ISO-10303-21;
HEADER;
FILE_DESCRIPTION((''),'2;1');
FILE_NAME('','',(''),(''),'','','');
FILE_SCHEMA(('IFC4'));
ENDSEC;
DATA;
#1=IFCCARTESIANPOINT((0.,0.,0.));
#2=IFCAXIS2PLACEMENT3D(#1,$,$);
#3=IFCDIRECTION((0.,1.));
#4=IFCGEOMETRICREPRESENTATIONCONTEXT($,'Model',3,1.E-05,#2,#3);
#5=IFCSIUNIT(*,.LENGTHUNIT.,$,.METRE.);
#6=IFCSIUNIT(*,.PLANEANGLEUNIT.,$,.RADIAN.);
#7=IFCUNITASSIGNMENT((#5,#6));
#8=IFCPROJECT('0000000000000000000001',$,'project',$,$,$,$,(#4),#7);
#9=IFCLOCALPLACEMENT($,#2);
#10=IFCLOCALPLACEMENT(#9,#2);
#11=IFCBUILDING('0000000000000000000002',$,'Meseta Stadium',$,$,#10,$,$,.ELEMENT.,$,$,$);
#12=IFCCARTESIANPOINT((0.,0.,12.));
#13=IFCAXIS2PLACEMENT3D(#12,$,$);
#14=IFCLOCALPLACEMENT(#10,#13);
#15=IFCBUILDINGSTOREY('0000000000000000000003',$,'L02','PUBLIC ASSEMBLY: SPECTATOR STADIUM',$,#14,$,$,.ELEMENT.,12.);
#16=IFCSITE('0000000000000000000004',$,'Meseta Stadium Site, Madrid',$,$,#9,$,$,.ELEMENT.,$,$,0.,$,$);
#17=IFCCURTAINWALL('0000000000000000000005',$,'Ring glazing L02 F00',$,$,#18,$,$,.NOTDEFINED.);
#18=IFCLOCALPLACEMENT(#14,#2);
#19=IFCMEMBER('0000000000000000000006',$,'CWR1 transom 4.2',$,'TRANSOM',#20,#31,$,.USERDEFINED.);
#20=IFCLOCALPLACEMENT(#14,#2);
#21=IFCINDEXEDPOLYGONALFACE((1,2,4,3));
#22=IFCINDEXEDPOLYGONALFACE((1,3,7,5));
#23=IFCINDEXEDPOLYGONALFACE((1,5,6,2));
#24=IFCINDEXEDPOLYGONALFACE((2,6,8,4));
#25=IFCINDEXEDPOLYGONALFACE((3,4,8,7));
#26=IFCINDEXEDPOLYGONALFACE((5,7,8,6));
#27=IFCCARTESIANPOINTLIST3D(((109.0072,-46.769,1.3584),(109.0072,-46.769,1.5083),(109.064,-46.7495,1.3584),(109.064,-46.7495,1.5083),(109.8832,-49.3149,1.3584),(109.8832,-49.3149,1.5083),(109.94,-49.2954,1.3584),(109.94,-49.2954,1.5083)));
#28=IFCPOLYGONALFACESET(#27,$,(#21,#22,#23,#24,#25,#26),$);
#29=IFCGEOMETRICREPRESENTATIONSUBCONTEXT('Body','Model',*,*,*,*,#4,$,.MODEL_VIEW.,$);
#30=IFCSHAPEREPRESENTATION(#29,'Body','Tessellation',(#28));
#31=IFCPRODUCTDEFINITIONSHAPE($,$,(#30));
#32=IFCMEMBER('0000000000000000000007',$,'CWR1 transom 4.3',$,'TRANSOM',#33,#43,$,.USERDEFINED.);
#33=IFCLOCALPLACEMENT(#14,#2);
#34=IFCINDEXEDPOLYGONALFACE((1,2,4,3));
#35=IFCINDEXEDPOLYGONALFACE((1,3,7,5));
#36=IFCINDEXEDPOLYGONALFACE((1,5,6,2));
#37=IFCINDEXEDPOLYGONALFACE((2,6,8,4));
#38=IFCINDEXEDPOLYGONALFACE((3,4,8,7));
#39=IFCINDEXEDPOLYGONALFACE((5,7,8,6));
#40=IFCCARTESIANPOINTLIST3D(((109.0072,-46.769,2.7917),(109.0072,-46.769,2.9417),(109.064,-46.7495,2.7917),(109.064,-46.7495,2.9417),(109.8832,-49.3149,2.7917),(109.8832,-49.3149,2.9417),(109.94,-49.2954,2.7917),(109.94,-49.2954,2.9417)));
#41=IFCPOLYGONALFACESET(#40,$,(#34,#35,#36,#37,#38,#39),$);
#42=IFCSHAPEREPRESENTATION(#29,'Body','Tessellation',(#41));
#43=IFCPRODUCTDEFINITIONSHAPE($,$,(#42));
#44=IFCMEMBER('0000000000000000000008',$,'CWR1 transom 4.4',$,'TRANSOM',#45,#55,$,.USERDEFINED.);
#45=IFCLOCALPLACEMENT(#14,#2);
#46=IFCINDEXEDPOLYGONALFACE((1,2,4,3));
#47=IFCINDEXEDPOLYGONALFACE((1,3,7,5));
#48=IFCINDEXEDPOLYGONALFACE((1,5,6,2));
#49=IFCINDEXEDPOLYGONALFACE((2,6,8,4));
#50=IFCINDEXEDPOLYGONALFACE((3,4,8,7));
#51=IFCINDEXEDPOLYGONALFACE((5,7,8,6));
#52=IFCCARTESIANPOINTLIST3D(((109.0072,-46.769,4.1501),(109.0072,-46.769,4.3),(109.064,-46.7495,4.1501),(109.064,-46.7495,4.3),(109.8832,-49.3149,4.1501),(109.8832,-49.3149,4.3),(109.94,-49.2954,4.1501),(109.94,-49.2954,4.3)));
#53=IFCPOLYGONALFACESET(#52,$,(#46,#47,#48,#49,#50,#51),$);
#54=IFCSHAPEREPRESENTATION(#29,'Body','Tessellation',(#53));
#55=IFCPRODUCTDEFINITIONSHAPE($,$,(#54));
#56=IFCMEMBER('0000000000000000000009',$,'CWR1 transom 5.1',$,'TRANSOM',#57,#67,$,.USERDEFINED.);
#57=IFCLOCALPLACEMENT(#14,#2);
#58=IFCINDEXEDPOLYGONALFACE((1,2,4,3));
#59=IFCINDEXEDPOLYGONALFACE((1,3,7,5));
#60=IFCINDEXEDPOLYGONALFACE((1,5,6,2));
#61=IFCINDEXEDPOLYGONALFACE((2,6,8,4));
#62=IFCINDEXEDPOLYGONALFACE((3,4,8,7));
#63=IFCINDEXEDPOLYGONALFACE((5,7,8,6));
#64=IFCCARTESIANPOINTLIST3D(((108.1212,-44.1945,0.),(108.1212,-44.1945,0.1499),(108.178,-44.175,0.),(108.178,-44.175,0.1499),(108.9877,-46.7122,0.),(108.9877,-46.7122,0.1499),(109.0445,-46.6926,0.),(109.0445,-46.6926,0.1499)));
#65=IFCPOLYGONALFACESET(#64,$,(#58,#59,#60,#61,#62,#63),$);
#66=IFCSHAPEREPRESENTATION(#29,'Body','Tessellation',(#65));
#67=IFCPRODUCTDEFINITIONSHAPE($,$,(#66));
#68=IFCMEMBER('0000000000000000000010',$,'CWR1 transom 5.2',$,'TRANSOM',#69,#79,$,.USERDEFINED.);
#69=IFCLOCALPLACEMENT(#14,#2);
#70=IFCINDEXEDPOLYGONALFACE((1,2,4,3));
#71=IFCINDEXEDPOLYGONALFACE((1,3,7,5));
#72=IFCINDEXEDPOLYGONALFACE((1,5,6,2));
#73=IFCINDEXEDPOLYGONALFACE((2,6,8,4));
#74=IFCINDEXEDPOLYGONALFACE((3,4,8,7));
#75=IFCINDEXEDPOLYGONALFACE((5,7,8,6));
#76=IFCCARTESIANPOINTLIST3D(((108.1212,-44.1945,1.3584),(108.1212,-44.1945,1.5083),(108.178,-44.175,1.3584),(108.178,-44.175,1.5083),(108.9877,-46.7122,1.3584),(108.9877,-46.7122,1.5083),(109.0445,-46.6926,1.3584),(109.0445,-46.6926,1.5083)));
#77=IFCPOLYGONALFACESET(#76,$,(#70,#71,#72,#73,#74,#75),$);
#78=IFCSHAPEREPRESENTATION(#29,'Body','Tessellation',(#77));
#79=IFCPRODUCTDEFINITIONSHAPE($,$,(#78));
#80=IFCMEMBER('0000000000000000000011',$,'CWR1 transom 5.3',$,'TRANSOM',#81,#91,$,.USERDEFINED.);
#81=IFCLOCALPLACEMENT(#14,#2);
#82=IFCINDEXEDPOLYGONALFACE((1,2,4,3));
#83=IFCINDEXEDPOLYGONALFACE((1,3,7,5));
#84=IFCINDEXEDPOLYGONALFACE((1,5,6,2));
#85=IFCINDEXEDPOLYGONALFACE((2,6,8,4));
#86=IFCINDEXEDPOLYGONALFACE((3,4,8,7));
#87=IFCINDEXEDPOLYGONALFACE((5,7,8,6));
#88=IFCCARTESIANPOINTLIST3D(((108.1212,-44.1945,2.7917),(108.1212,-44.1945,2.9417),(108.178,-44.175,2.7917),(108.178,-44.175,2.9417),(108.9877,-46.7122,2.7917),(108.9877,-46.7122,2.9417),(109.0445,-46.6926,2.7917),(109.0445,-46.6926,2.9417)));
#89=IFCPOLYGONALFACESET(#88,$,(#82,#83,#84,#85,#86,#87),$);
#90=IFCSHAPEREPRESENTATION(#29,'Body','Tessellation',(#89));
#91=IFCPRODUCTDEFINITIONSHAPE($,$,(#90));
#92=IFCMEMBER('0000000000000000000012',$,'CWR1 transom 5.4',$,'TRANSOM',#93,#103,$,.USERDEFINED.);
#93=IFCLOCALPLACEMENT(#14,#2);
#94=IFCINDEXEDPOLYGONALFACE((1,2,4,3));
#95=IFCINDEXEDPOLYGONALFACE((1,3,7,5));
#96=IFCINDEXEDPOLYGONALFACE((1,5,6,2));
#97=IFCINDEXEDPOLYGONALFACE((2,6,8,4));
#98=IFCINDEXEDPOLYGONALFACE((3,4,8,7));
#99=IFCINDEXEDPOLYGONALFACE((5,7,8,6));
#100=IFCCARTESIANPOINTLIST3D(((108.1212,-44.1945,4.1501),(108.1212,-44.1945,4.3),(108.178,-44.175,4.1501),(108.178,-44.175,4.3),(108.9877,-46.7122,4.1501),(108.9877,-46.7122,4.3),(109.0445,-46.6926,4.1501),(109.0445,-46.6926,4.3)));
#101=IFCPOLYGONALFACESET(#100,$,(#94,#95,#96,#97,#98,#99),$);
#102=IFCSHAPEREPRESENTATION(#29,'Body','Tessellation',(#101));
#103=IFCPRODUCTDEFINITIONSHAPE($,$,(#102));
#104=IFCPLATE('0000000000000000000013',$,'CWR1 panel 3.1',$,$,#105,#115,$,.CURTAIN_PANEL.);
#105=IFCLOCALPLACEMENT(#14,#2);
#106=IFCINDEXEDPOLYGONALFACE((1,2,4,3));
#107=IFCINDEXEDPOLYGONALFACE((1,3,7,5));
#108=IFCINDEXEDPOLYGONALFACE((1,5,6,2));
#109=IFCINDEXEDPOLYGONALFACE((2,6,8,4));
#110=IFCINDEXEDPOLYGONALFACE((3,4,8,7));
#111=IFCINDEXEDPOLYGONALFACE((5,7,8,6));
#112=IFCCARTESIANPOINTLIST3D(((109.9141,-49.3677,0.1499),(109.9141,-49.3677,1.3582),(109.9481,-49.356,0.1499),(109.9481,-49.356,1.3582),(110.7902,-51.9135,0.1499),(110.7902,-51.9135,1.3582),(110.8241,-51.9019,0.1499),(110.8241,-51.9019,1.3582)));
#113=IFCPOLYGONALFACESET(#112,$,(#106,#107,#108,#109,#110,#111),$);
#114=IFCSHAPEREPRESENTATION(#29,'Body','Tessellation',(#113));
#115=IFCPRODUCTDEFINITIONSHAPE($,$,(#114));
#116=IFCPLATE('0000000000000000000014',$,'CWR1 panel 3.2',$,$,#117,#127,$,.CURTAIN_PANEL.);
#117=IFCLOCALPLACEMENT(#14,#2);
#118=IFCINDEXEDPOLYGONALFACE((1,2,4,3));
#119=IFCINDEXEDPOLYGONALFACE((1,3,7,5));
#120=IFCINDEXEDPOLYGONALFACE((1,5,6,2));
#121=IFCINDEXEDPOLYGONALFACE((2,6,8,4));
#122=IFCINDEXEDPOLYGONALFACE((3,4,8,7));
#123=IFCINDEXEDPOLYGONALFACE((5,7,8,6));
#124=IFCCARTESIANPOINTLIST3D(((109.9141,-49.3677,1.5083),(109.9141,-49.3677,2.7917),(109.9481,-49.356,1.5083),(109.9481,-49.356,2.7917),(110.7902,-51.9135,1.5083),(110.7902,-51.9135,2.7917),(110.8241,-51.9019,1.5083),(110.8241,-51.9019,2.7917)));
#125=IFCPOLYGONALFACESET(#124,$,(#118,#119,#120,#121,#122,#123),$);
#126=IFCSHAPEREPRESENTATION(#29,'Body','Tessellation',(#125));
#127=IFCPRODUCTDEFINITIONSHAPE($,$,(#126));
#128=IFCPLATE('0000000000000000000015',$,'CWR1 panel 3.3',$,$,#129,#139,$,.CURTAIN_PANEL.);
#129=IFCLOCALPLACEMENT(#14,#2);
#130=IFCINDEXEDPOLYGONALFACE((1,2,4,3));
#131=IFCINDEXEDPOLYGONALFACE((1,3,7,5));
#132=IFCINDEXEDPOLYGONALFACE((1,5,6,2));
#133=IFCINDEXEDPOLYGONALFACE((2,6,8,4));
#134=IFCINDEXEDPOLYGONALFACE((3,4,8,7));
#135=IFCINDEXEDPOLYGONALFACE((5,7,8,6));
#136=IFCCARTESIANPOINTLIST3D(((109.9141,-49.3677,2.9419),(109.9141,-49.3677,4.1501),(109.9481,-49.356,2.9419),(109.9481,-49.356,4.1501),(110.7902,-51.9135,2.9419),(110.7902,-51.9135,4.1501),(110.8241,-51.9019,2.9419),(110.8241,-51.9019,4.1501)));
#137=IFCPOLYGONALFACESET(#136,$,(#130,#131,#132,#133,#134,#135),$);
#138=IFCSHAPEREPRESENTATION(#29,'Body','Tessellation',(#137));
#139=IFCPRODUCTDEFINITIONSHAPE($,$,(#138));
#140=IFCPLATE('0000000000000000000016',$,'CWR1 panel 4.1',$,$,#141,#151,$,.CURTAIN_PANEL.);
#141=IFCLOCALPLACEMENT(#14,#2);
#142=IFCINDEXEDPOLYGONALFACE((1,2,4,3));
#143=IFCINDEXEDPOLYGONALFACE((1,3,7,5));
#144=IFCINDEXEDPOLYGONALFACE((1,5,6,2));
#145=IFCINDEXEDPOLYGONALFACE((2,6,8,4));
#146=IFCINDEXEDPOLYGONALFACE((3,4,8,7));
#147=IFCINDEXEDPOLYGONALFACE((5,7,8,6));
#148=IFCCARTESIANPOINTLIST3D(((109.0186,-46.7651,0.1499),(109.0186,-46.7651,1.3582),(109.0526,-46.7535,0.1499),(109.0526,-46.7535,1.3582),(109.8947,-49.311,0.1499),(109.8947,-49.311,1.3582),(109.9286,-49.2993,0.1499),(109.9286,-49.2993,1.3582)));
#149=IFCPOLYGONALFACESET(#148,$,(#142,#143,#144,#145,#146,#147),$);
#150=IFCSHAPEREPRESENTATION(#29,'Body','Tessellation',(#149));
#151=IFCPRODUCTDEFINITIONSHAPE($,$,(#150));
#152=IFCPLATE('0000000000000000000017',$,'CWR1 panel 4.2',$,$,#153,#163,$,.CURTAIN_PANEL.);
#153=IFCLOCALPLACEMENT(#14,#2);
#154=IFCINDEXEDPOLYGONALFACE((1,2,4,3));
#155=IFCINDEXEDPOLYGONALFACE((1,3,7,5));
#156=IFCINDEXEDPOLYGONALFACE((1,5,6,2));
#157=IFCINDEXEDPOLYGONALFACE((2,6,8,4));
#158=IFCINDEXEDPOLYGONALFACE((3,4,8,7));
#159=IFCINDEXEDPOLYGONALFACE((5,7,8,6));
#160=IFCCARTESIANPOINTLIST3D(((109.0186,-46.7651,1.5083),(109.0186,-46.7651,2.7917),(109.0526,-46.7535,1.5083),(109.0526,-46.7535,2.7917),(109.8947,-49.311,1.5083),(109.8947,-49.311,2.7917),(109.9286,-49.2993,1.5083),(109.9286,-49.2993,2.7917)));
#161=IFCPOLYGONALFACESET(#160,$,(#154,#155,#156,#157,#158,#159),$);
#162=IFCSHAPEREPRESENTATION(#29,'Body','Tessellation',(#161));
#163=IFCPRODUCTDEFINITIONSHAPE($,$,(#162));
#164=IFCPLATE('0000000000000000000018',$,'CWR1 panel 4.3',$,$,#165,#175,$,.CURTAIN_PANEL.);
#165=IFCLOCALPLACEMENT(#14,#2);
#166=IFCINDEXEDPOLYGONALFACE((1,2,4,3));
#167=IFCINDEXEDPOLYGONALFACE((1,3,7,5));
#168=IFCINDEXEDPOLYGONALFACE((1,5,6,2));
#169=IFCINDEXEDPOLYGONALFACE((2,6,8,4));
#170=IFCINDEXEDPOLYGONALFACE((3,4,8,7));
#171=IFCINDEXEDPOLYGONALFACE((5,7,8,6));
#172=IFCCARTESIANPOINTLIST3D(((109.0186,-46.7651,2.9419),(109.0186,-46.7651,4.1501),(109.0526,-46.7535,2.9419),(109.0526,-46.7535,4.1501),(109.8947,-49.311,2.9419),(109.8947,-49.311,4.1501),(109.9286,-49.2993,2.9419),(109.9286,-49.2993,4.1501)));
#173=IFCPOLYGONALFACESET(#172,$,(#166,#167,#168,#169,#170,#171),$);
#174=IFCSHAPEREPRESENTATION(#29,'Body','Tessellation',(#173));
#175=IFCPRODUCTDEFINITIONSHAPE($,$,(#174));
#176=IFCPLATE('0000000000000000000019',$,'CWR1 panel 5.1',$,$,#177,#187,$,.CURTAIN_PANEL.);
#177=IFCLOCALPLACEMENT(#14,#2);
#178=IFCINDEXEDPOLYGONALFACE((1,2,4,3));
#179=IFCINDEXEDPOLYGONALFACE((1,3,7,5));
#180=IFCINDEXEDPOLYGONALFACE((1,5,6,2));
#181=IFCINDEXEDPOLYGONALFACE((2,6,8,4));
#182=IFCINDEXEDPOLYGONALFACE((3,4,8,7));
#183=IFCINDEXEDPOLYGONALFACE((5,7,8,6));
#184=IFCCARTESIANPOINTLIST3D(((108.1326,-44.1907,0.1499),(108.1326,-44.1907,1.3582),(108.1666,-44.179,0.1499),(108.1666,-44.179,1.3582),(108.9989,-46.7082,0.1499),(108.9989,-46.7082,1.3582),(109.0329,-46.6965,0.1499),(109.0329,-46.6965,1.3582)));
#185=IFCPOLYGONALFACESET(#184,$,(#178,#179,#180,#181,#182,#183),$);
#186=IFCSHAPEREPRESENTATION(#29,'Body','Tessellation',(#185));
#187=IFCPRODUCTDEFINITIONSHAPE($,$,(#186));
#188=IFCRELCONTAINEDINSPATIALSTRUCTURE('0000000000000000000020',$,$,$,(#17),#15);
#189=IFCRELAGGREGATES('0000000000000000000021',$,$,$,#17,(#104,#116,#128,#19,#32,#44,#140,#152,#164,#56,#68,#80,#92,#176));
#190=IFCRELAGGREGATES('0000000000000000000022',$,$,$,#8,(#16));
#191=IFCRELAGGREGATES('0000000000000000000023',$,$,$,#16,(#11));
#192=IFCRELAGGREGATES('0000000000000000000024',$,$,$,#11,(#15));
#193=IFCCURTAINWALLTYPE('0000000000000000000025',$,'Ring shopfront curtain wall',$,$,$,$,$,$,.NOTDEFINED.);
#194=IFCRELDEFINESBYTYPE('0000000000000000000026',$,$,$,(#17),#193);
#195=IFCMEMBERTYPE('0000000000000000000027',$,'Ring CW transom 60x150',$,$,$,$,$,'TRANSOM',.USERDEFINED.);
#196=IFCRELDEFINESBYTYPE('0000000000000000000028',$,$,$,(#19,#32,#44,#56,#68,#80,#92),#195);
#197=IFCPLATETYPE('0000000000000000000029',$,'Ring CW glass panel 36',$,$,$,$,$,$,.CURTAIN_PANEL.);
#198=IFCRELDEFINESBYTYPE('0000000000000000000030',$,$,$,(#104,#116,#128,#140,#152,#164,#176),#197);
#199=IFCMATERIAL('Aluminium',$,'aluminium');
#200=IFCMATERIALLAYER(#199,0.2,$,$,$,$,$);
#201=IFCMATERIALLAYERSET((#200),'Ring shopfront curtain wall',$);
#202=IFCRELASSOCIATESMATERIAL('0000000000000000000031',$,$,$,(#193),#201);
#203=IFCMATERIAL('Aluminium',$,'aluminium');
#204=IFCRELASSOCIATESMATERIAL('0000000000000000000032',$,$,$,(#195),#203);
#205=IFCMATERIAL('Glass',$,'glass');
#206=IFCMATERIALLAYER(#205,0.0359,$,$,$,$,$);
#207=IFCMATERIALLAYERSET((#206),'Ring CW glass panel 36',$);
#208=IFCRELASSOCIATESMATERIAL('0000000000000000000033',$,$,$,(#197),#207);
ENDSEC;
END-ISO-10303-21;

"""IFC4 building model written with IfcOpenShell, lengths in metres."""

from ifc_helpers import new_model, si_unit, direction, frame, origin, origin_2d, place, context, subcontext, project, spatial, rectangle, extrude, material, layer, layer_set, material_profile, profile_set, type_object, element, aggregate, save


model = new_model("IFC4")

# Units and contexts
model_context = context("Model", 3, precision=1e-05, world=origin(), true_north=direction((0.0, 1.0)))
body_context = subcontext(model_context, "Body", "Model", "MODEL_VIEW")
ifc_project = project(units=[si_unit("LENGTHUNIT", "METRE"), si_unit("PLANEANGLEUNIT", "RADIAN")], contexts=[model_context])

# Site, building, storey
site_placement = place(None, origin())
site = spatial("IfcSite", under=ifc_project, at=site_placement, Name="Meseta Stadium Site, Madrid", CompositionType="ELEMENT", RefElevation=0.0)
building_placement = place(site_placement, origin())
building = spatial("IfcBuilding", under=site, at=building_placement, Name="Meseta Stadium", CompositionType="ELEMENT")
storey_placement = place(building_placement, frame((0.0, 0.0, 12.0)))
storey = spatial("IfcBuildingStorey", under=building, at=storey_placement, Name="L02", Description="PUBLIC ASSEMBLY: SPECTATOR STADIUM", CompositionType="ELEMENT", Elevation=12.0)

# Curtain wall
ifc_material_1 = material(Name="Aluminium", Category="aluminium")
ifc_layer_1 = layer(ifc_material_1, 0.2)
ifc_layer_set_1 = layer_set([ifc_layer_1], Name="Ring shopfront curtain wall")
curtain_wall_type = type_object("IfcCurtainWallType", Name="Ring shopfront curtain wall", PredefinedType="NOTDEFINED", material=ifc_layer_set_1)
curtain_wall_1_placement = place(storey_placement, origin())
curtain_wall_1 = element("IfcCurtainWall", 1, at=curtain_wall_1_placement, inside=storey, type_object=curtain_wall_type, Name="Ring glazing L02 F00", PredefinedType="NOTDEFINED")

# Members
ifc_material_2 = material(Name="Aluminium", Category="aluminium")
ifc_material_profile_1 = material_profile(ifc_material_2, rectangle(XDim=0.0601, YDim=0.1499, at=origin_2d()), Name="CW 60x150")
ifc_profile_set_1 = profile_set([ifc_material_profile_1], Name="Aluminium")
member_type_1 = type_object("IfcMemberType", Name="Ring CW transom 60x150", ElementType="TRANSOM", PredefinedType="USERDEFINED", material=ifc_profile_set_1)
member_1_placement = place(storey_placement, frame((109.9116, -49.3052, 1.4333), z_axis=(-0.325353, 0.945592, 0.0), x_axis=(-0.945592, -0.325353, 0.0)))
member_1 = element("IfcMember", 2, at=member_1_placement, type_object=member_type_1, Name="CWR1 transom 4.2", ObjectType="TRANSOM", PredefinedType="USERDEFINED", context=body_context, shape_type="SweptSolid", body=[
    extrude(rectangle(XDim=0.0601, YDim=0.1499, at=origin_2d()), origin(), (0.0, 0.0, 1.0), 2.6924),
])
member_2_placement = place(storey_placement, frame((109.9116, -49.3052, 2.8667), z_axis=(-0.325353, 0.945592, 0.0), x_axis=(-0.945592, -0.325353, 0.0)))
member_2 = element("IfcMember", 3, at=member_2_placement, type_object=member_type_1, Name="CWR1 transom 4.3", ObjectType="TRANSOM", PredefinedType="USERDEFINED", context=body_context, shape_type="SweptSolid", body=[
    extrude(rectangle(XDim=0.0601, YDim=0.1499, at=origin_2d()), origin(), (0.0, 0.0, 1.0), 2.6924),
])
member_3_placement = place(storey_placement, frame((109.9116, -49.3052, 4.2251), z_axis=(-0.325353, 0.945592, 0.0), x_axis=(-0.945592, -0.325353, 0.0)))
member_3 = element("IfcMember", 4, at=member_3_placement, type_object=member_type_1, Name="CWR1 transom 4.4", ObjectType="TRANSOM", PredefinedType="USERDEFINED", context=body_context, shape_type="SweptSolid", body=[
    extrude(rectangle(XDim=0.0601, YDim=0.1499, at=origin_2d()), origin(), (0.0, 0.0, 1.0), 2.6924),
])
member_4_placement = place(storey_placement, frame((109.0161, -46.7024, 0.075), z_axis=(-0.325428, 0.945567, 0.0), x_axis=(-0.945567, -0.325428, 0.0)))
member_4 = element("IfcMember", 5, at=member_4_placement, type_object=member_type_1, Name="CWR1 transom 5.1", ObjectType="TRANSOM", PredefinedType="USERDEFINED", context=body_context, shape_type="SweptSolid", body=[
    extrude(rectangle(XDim=0.0601, YDim=0.1499, at=origin_2d()), origin(), (0.0, 0.0, 1.0), 2.6626),
])
member_5_placement = place(storey_placement, frame((109.0161, -46.7024, 1.4333), z_axis=(-0.325428, 0.945567, 0.0), x_axis=(-0.945567, -0.325428, 0.0)))
member_5 = element("IfcMember", 6, at=member_5_placement, type_object=member_type_1, Name="CWR1 transom 5.2", ObjectType="TRANSOM", PredefinedType="USERDEFINED", context=body_context, shape_type="SweptSolid", body=[
    extrude(rectangle(XDim=0.0601, YDim=0.1499, at=origin_2d()), origin(), (0.0, 0.0, 1.0), 2.6626),
])
member_6_placement = place(storey_placement, frame((109.0161, -46.7024, 2.8667), z_axis=(-0.325428, 0.945567, 0.0), x_axis=(-0.945567, -0.325428, 0.0)))
member_6 = element("IfcMember", 7, at=member_6_placement, type_object=member_type_1, Name="CWR1 transom 5.3", ObjectType="TRANSOM", PredefinedType="USERDEFINED", context=body_context, shape_type="SweptSolid", body=[
    extrude(rectangle(XDim=0.0601, YDim=0.1499, at=origin_2d()), origin(), (0.0, 0.0, 1.0), 2.6626),
])
member_7_placement = place(storey_placement, frame((109.0161, -46.7024, 4.2251), z_axis=(-0.325428, 0.945567, 0.0), x_axis=(-0.945567, -0.325428, 0.0)))
member_7 = element("IfcMember", 8, at=member_7_placement, type_object=member_type_1, Name="CWR1 transom 5.4", ObjectType="TRANSOM", PredefinedType="USERDEFINED", context=body_context, shape_type="SweptSolid", body=[
    extrude(rectangle(XDim=0.0601, YDim=0.1499, at=origin_2d()), origin(), (0.0, 0.0, 1.0), 2.6626),
])

# Plates
ifc_material_3 = material(Name="Glass", Category="glass")
ifc_layer_2 = layer(ifc_material_3, 0.0359)
ifc_layer_set_2 = layer_set([ifc_layer_2], Name="Ring CW glass panel 36")
plate_type_1 = type_object("IfcPlateType", Name="Ring CW glass panel 36", PredefinedType="CURTAIN_PANEL", material=ifc_layer_set_2)
plate_1_placement = place(storey_placement, frame((110.3691, -50.6348, 0.1499), z_axis=(0.0, 0.0, 1.0), x_axis=(-0.325386, 0.945581, 0.0)))
plate_1 = element("IfcPlate", 9, at=plate_1_placement, type_object=plate_type_1, Name="CWR1 panel 3.1", PredefinedType="CURTAIN_PANEL", context=body_context, shape_type="SweptSolid", body=[
    extrude(rectangle(XDim=2.6924, YDim=0.0359, at=origin_2d()), origin(), (0.0, 0.0, 1.0), 1.2083),
])
plate_2_placement = place(storey_placement, frame((110.3691, -50.6348, 1.5083), z_axis=(0.0, 0.0, 1.0), x_axis=(-0.325386, 0.945581, 0.0)))
plate_2 = element("IfcPlate", 10, at=plate_2_placement, type_object=plate_type_1, Name="CWR1 panel 3.2", PredefinedType="CURTAIN_PANEL", context=body_context, shape_type="SweptSolid", body=[
    extrude(rectangle(XDim=2.6924, YDim=0.0359, at=origin_2d()), origin(), (0.0, 0.0, 1.0), 1.2834),
])
plate_3_placement = place(storey_placement, frame((110.3691, -50.6348, 2.9419), z_axis=(0.0, 0.0, 1.0), x_axis=(-0.325386, 0.945581, 0.0)))
plate_3 = element("IfcPlate", 11, at=plate_3_placement, type_object=plate_type_1, Name="CWR1 panel 3.3", PredefinedType="CURTAIN_PANEL", context=body_context, shape_type="SweptSolid", body=[
    extrude(rectangle(XDim=2.6924, YDim=0.0359, at=origin_2d()), origin(), (0.0, 0.0, 1.0), 1.2083),
])
plate_4_placement = place(storey_placement, frame((109.4736, -48.0322, 0.1499), z_axis=(0.0, 0.0, 1.0), x_axis=(-0.325386, 0.945581, 0.0)))
plate_4 = element("IfcPlate", 12, at=plate_4_placement, type_object=plate_type_1, Name="CWR1 panel 4.1", PredefinedType="CURTAIN_PANEL", context=body_context, shape_type="SweptSolid", body=[
    extrude(rectangle(XDim=2.6924, YDim=0.0359, at=origin_2d()), origin(), (0.0, 0.0, 1.0), 1.2083),
])
plate_5_placement = place(storey_placement, frame((109.4736, -48.0322, 1.5083), z_axis=(0.0, 0.0, 1.0), x_axis=(-0.325386, 0.945581, 0.0)))
plate_5 = element("IfcPlate", 13, at=plate_5_placement, type_object=plate_type_1, Name="CWR1 panel 4.2", PredefinedType="CURTAIN_PANEL", context=body_context, shape_type="SweptSolid", body=[
    extrude(rectangle(XDim=2.6924, YDim=0.0359, at=origin_2d()), origin(), (0.0, 0.0, 1.0), 1.2834),
])
plate_6_placement = place(storey_placement, frame((109.4736, -48.0322, 2.9419), z_axis=(0.0, 0.0, 1.0), x_axis=(-0.325386, 0.945581, 0.0)))
plate_6 = element("IfcPlate", 14, at=plate_6_placement, type_object=plate_type_1, Name="CWR1 panel 4.3", PredefinedType="CURTAIN_PANEL", context=body_context, shape_type="SweptSolid", body=[
    extrude(rectangle(XDim=2.6924, YDim=0.0359, at=origin_2d()), origin(), (0.0, 0.0, 1.0), 1.2083),
])
plate_7_placement = place(storey_placement, frame((108.5828, -45.4436, 0.1499), z_axis=(0.0, 0.0, 1.0), x_axis=(-0.325386, 0.945581, 0.0)))
plate_7 = element("IfcPlate", 15, at=plate_7_placement, type_object=plate_type_1, Name="CWR1 panel 5.1", PredefinedType="CURTAIN_PANEL", context=body_context, shape_type="SweptSolid", body=[
    extrude(rectangle(XDim=2.6624, YDim=0.0359, at=origin_2d()), origin(), (0.0, 0.0, 1.0), 1.2083),
])
aggregate(curtain_wall_1, [plate_1, plate_2, plate_3, member_1, member_2, member_3, plate_4, plate_5, plate_6, member_4, member_5, member_6, member_7, plate_7])

save(model, "model.ifc")
